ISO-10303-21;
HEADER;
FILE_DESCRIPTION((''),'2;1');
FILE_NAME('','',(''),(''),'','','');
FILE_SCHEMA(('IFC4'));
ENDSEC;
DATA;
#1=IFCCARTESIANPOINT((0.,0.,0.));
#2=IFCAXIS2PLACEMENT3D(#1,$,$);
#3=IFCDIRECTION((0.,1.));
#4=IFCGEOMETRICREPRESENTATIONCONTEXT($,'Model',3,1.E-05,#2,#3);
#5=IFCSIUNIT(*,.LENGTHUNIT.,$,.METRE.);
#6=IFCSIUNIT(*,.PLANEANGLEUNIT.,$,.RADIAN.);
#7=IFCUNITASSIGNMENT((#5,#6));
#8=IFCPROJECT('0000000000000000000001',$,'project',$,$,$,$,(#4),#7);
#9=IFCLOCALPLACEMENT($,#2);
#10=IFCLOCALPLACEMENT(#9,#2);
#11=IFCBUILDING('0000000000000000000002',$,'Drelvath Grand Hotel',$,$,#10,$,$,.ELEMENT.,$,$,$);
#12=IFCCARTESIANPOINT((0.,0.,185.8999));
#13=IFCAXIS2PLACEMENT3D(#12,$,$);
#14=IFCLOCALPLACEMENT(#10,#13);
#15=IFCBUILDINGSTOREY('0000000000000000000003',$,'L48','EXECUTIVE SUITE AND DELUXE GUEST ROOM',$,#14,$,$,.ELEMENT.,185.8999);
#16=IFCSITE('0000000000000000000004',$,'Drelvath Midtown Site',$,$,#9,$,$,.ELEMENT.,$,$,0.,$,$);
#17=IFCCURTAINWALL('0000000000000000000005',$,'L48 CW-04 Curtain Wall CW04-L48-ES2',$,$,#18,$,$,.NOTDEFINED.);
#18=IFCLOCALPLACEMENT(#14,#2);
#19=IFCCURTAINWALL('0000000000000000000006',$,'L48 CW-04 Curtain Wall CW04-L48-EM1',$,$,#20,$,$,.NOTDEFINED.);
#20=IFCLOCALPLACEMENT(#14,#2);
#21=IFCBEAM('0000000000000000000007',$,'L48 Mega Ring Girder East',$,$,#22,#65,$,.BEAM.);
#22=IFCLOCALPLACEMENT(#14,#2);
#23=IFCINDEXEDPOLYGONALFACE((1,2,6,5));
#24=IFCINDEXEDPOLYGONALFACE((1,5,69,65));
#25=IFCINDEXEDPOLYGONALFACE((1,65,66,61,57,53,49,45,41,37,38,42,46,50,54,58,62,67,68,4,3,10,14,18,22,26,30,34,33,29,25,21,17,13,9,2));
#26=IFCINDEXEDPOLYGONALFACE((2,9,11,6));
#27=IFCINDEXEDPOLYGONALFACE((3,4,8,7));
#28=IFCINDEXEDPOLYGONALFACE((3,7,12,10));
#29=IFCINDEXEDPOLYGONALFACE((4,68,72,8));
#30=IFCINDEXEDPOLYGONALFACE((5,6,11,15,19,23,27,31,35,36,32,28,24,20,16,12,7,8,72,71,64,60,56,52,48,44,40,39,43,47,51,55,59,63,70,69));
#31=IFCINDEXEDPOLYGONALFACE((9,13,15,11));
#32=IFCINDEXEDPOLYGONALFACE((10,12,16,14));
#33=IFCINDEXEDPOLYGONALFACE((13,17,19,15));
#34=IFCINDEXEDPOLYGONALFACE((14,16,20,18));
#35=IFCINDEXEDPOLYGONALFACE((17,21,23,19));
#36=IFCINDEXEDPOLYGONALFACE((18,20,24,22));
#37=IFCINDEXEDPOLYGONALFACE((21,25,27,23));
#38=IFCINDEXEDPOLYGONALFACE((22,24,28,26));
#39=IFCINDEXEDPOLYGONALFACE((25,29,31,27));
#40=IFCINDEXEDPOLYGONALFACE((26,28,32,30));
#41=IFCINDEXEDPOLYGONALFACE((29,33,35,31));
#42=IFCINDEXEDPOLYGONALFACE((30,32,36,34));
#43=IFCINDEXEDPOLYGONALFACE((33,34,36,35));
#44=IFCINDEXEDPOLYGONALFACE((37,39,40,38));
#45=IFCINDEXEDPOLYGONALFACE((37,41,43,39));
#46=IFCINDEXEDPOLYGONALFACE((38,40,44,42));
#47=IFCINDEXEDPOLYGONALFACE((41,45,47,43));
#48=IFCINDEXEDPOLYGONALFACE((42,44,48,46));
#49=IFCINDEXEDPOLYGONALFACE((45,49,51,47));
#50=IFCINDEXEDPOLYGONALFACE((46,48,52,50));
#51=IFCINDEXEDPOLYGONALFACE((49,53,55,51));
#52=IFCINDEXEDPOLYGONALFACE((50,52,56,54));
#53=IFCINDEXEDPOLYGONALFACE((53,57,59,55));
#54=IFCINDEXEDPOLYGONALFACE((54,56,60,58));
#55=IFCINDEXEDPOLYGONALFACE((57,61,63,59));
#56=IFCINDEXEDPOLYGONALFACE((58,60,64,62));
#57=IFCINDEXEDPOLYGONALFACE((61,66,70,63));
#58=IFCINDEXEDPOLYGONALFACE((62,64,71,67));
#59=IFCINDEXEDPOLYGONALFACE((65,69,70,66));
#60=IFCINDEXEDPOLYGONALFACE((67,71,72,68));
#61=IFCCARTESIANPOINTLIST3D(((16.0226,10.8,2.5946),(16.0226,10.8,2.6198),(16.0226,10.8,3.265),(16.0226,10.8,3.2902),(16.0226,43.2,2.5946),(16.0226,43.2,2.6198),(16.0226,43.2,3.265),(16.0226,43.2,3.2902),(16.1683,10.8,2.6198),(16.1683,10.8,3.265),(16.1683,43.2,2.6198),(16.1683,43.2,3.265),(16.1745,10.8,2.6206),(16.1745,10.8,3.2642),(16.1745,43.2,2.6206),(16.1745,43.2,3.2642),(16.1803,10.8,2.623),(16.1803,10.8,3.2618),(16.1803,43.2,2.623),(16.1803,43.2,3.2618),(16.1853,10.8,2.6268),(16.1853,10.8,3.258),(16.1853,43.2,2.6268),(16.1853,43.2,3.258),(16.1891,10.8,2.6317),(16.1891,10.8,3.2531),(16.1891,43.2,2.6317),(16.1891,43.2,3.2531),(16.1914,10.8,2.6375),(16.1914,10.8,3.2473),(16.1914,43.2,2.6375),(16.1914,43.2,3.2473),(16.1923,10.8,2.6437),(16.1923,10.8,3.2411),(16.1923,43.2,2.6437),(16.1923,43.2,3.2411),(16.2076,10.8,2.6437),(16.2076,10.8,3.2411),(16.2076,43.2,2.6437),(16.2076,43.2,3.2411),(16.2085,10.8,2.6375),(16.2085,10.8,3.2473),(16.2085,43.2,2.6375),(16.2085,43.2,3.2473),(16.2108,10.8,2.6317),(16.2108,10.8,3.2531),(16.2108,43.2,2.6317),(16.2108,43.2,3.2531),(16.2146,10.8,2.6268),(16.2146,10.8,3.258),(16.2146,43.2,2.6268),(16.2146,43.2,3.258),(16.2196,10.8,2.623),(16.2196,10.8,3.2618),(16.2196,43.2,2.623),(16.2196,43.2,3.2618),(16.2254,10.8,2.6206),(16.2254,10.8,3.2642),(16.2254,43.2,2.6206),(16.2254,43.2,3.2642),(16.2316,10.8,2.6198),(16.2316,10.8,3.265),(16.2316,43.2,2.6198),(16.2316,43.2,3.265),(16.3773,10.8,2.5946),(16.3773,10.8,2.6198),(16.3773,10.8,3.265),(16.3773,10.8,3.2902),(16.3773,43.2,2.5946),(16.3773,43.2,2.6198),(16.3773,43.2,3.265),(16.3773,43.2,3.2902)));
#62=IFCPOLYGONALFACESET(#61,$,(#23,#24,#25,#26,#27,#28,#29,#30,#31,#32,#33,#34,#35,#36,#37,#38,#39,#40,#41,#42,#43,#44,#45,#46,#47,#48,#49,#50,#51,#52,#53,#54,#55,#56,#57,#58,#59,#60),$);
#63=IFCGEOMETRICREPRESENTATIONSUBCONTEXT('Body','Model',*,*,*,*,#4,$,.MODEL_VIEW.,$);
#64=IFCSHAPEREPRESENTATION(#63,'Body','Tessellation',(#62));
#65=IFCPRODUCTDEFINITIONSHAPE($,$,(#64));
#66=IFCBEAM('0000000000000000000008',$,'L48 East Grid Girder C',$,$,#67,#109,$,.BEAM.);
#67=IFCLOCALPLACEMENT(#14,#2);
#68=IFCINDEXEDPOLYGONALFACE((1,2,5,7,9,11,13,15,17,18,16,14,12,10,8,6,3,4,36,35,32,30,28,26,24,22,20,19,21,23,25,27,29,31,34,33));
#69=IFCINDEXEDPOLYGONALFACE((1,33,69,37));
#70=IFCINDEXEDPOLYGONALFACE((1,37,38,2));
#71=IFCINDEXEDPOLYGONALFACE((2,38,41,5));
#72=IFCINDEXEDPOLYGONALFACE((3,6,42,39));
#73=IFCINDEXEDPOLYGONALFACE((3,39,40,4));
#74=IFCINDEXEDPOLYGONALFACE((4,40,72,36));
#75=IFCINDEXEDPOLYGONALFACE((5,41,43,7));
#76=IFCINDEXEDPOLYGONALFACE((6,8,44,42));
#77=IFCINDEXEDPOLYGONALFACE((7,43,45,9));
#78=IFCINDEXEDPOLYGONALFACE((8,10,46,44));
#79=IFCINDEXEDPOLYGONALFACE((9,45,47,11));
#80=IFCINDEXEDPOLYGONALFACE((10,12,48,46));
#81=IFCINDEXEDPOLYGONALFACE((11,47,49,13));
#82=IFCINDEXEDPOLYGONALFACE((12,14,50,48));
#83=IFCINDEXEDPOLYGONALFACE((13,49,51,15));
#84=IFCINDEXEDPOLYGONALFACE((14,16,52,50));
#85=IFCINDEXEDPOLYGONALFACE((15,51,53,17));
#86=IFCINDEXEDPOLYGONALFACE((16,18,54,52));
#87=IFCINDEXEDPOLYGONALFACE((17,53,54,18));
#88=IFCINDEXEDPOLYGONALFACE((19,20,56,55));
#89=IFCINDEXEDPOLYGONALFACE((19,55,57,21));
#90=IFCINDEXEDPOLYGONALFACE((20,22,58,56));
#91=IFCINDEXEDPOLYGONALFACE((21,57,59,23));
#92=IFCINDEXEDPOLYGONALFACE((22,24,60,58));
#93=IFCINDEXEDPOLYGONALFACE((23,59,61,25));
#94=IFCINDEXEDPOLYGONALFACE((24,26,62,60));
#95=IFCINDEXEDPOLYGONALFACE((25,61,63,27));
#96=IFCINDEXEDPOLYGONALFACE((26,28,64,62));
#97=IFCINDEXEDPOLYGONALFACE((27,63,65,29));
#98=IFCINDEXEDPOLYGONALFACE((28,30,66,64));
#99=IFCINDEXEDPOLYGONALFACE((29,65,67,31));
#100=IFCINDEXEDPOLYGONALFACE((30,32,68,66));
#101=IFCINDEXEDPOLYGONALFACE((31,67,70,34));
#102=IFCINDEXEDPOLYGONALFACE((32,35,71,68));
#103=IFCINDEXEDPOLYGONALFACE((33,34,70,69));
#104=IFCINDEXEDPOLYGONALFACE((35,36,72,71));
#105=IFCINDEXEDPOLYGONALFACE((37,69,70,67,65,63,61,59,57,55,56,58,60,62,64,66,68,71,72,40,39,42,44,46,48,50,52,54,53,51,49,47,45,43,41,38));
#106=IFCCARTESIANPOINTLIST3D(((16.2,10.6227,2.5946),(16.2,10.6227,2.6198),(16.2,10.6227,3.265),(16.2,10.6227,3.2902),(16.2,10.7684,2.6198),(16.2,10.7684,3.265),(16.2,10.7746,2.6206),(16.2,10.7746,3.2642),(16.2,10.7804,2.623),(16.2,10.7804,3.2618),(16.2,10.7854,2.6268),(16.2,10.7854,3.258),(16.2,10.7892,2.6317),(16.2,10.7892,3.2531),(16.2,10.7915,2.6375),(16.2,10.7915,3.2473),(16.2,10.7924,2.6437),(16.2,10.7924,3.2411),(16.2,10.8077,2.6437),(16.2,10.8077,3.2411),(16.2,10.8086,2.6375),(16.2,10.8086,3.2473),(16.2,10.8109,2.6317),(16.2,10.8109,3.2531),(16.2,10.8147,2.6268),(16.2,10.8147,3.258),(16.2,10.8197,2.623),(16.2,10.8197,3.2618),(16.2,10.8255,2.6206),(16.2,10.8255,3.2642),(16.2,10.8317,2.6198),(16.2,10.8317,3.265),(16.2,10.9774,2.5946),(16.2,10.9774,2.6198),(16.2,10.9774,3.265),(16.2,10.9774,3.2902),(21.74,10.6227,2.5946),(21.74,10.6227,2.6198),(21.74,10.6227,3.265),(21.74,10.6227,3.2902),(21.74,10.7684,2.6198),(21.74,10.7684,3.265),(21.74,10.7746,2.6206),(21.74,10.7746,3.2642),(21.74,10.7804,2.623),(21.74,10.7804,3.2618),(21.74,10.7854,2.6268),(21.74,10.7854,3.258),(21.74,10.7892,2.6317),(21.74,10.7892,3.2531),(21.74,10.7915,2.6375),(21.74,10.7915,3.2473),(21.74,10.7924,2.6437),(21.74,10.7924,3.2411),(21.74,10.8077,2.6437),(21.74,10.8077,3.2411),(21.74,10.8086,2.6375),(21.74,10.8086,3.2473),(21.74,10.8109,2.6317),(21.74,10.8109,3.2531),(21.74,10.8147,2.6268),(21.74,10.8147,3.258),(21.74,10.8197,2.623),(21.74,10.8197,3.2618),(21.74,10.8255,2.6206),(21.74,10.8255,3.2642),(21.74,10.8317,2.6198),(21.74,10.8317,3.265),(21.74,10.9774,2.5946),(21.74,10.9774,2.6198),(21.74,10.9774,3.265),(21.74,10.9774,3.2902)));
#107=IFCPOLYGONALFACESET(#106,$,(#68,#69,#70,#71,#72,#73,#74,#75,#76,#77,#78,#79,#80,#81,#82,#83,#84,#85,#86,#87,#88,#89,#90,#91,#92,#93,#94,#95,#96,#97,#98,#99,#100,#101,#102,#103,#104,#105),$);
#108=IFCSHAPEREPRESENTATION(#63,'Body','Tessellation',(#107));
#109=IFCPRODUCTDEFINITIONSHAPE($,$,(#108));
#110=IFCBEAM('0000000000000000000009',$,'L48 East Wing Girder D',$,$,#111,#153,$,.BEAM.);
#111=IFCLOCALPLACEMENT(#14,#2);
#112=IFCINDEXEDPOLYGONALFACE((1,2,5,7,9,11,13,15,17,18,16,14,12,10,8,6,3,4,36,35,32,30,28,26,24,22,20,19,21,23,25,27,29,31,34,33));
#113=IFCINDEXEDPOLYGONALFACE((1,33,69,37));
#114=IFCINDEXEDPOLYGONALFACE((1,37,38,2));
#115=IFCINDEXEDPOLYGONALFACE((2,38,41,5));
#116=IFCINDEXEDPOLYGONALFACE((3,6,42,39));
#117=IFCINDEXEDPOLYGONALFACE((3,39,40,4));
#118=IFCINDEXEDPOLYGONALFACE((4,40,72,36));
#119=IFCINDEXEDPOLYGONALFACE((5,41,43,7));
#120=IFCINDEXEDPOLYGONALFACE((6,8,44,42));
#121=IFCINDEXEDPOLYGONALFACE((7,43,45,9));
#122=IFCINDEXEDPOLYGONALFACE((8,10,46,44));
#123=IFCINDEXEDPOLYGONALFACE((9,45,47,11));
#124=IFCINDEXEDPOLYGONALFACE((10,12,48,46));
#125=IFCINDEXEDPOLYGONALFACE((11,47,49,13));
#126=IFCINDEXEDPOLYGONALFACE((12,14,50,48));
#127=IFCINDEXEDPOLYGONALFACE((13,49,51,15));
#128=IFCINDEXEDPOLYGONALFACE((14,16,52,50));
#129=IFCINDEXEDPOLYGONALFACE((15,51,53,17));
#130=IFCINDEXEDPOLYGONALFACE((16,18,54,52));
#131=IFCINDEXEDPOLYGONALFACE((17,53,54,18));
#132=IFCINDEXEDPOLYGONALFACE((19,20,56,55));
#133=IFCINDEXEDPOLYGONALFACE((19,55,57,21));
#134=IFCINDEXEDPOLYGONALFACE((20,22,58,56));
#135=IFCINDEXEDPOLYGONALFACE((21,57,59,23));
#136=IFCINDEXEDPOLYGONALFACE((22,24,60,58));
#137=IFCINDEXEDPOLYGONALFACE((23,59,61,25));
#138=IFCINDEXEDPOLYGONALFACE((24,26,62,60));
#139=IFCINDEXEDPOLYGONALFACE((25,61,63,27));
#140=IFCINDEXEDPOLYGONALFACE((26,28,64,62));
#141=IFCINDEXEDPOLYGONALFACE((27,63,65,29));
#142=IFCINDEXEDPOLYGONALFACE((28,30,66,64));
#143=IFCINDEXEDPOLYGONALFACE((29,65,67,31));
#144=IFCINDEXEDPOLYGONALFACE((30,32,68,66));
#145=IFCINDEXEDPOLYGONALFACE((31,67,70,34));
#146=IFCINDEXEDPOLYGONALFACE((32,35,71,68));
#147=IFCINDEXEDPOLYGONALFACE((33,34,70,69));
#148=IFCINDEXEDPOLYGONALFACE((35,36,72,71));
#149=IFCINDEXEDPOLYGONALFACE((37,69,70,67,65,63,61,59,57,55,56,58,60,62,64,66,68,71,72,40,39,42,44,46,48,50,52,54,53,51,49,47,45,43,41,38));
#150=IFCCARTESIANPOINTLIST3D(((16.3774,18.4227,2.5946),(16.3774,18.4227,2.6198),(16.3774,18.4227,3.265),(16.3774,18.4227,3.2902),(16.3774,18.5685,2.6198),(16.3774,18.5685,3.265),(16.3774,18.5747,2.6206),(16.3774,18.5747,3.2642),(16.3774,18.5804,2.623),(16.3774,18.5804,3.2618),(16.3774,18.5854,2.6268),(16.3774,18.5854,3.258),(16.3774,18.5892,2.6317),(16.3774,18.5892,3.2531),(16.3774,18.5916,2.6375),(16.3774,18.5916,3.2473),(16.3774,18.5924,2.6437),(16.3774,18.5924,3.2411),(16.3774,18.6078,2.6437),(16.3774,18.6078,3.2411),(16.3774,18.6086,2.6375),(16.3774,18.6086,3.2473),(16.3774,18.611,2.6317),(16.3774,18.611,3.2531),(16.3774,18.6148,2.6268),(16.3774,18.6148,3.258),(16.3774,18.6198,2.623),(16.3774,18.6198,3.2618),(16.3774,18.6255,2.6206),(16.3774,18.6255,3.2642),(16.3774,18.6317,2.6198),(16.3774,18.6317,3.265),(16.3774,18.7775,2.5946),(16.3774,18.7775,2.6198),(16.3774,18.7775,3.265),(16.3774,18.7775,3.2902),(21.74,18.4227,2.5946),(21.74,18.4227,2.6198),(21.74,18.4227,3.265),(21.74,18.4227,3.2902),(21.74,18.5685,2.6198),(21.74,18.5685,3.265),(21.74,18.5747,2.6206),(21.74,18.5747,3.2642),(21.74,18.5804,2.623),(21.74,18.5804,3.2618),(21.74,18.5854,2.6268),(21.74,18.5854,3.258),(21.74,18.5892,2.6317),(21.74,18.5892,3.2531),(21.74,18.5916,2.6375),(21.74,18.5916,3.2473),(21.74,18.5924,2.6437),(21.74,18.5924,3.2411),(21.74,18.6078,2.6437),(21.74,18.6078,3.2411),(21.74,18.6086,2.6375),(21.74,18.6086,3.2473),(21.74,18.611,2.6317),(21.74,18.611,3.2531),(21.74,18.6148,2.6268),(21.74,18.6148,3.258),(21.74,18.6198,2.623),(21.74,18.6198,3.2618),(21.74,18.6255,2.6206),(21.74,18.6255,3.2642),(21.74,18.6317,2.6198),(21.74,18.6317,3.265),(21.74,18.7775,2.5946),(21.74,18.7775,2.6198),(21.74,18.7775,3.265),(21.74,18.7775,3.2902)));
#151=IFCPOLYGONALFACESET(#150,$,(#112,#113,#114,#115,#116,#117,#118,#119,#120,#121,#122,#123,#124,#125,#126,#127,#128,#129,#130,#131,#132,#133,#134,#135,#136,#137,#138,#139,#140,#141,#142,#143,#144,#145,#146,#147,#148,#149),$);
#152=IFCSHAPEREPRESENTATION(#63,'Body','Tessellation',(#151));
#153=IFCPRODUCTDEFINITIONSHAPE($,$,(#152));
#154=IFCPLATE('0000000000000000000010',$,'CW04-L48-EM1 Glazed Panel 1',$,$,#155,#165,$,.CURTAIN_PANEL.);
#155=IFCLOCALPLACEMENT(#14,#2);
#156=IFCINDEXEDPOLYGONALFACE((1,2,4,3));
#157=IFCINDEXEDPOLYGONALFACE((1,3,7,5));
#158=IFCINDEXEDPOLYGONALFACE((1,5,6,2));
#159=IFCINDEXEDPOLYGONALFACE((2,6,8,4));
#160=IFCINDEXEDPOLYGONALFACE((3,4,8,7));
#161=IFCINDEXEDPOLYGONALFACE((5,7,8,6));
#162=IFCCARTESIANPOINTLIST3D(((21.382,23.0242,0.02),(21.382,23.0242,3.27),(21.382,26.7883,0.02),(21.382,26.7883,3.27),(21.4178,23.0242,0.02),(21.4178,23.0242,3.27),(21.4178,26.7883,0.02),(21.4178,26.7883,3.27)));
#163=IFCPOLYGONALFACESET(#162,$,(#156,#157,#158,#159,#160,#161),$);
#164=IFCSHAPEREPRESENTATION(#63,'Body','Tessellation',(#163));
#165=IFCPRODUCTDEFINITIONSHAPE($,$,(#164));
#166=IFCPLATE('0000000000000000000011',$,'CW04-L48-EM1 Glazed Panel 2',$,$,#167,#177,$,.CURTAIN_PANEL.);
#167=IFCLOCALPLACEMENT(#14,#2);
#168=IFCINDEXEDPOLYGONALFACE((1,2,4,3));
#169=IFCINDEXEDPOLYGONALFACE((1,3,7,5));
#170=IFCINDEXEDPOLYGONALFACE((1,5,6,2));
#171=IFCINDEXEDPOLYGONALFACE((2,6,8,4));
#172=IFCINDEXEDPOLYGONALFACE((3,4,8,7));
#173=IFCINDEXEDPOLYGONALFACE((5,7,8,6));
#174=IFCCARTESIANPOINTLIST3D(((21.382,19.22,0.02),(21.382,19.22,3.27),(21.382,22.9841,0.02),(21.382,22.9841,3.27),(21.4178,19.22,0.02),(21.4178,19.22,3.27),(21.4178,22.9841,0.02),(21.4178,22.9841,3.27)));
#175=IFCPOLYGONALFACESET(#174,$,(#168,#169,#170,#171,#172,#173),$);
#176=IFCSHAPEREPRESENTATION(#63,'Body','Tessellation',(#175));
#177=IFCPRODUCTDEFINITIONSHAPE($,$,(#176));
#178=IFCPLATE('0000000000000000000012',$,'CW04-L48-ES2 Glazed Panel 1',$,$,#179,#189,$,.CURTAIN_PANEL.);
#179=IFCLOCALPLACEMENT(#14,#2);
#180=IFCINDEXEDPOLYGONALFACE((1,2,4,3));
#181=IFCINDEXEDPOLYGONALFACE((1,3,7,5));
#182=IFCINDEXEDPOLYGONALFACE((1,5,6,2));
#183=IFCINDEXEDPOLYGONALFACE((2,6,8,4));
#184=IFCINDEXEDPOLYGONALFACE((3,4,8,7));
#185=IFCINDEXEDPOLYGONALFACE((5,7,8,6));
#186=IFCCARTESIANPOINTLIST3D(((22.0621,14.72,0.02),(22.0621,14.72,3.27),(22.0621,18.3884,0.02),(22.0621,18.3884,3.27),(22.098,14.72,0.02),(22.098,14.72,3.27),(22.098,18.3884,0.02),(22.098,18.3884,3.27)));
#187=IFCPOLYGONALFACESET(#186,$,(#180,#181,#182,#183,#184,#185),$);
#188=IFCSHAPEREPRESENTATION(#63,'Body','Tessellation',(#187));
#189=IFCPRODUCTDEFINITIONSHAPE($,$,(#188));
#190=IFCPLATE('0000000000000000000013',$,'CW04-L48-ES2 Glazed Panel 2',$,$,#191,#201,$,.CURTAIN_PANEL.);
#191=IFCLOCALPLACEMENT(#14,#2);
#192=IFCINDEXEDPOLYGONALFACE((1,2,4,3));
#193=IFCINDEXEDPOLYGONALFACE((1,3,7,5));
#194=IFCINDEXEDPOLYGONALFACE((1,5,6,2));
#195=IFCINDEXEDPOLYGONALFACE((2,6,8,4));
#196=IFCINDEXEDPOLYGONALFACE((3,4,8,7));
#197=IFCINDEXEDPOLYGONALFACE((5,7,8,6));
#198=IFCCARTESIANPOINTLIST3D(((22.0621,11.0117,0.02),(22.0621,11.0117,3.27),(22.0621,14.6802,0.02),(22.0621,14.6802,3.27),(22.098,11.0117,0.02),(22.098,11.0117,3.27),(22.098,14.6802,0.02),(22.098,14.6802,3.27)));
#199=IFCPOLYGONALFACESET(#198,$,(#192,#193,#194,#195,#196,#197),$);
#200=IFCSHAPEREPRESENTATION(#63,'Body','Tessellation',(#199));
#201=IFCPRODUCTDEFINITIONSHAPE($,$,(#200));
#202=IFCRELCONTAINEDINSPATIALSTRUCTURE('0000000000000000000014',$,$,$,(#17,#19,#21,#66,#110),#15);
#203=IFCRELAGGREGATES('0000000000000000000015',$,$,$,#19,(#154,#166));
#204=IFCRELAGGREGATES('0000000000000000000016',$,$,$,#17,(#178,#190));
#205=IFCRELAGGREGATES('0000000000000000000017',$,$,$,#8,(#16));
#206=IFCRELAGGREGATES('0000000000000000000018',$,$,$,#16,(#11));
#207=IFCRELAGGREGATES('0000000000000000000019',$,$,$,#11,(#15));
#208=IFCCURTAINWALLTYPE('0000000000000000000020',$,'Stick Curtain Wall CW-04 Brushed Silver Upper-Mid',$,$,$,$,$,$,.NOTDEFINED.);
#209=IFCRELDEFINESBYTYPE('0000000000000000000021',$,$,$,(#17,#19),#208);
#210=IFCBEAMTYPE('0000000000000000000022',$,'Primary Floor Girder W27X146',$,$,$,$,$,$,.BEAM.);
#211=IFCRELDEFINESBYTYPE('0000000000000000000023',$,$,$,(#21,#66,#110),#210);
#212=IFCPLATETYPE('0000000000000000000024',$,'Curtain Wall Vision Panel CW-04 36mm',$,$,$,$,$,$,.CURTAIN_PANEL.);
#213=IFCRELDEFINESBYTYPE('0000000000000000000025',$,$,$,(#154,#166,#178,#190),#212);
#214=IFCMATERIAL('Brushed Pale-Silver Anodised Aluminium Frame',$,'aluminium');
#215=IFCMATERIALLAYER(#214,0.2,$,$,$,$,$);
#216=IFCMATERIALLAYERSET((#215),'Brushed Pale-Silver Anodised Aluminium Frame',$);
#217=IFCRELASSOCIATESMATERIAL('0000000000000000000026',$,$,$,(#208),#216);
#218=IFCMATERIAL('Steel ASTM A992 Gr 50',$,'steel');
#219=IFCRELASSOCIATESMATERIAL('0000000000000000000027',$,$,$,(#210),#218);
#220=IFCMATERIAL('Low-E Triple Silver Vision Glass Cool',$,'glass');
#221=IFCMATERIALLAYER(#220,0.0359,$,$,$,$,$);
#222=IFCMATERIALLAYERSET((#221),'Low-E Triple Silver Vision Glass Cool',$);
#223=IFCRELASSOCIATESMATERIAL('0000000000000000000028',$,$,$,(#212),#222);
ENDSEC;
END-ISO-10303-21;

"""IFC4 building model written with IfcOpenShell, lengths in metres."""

from ifc_helpers import new_model, si_unit, direction, frame, origin, origin_2d, place, context, subcontext, project, spatial, rectangle, i_section, extrude, material, layer, layer_set, material_profile, profile_set, type_object, element, aggregate, save


model = new_model("IFC4")

# Units and contexts
model_context = context("Model", 3, precision=1e-05, world=origin(), true_north=direction((0.0, 1.0)))
body_context = subcontext(model_context, "Body", "Model", "MODEL_VIEW")
ifc_project = project(units=[si_unit("LENGTHUNIT", "METRE"), si_unit("PLANEANGLEUNIT", "RADIAN")], contexts=[model_context])

# Site, building, storey
site_placement = place(None, origin())
site = spatial("IfcSite", under=ifc_project, at=site_placement, Name="Drelvath Midtown Site", CompositionType="ELEMENT", RefElevation=0.0)
building_placement = place(site_placement, origin())
building = spatial("IfcBuilding", under=site, at=building_placement, Name="Drelvath Grand Hotel", CompositionType="ELEMENT")
storey_placement = place(building_placement, frame((0.0, 0.0, 185.8999)))
storey = spatial("IfcBuildingStorey", under=building, at=storey_placement, Name="L48", Description="EXECUTIVE SUITE AND DELUXE GUEST ROOM", CompositionType="ELEMENT", Elevation=185.8999)

# Shared definitions
ifc_material_1 = material(Name="Steel ASTM A992 Gr 50", Category="steel")

# Curtain wall
ifc_material_2 = material(Name="Brushed Pale-Silver Anodised Aluminium Frame", Category="aluminium")
ifc_layer_1 = layer(ifc_material_2, 0.2)
ifc_layer_set_1 = layer_set([ifc_layer_1], Name="Brushed Pale-Silver Anodised Aluminium Frame")
curtain_wall_type = type_object("IfcCurtainWallType", Name="Stick Curtain Wall CW-04 Brushed Silver Upper-Mid", PredefinedType="NOTDEFINED", material=ifc_layer_set_1)
curtain_wall_1_placement = place(storey_placement, origin())
curtain_wall_1 = element("IfcCurtainWall", 1, at=curtain_wall_1_placement, inside=storey, type_object=curtain_wall_type, Name="L48 CW-04 Curtain Wall CW04-L48-ES2", PredefinedType="NOTDEFINED")

# Curtain wall
curtain_wall_2_placement = place(storey_placement, origin())
curtain_wall_2 = element("IfcCurtainWall", 2, at=curtain_wall_2_placement, inside=storey, type_object=curtain_wall_type, Name="L48 CW-04 Curtain Wall CW04-L48-EM1", PredefinedType="NOTDEFINED")

# Beams
ifc_material_profile_1 = material_profile(ifc_material_1, i_section(OverallWidth=0.3547, OverallDepth=0.6956, WebThickness=0.0154, FlangeThickness=0.0251, FilletRadius=0.0239, at=origin_2d()), Name="W27X146")
ifc_profile_set_1 = profile_set([ifc_material_profile_1], Name="Steel ASTM A992 Gr 50")
beam_type_1 = type_object("IfcBeamType", Name="Primary Floor Girder W27X146", PredefinedType="BEAM", material=ifc_profile_set_1)
beam_1_placement = place(storey_placement, frame((16.2, 10.8, 2.9424), z_axis=(0.0, 1.0, 0.0), x_axis=(-1.0, 0.0, 0.0)))
element("IfcBeam", 3, at=beam_1_placement, inside=storey, type_object=beam_type_1, Name="L48 Mega Ring Girder East", PredefinedType="BEAM", context=body_context, shape_type="SweptSolid", body=[
    extrude(i_section(OverallWidth=0.3547, OverallDepth=0.6956, WebThickness=0.0154, FlangeThickness=0.0251, FilletRadius=0.0239, at=origin_2d()), origin(), (0.0, 0.0, 1.0), 32.3999),
])
beam_2_placement = place(storey_placement, frame((16.2, 10.8, 2.9424), z_axis=(1.0, 0.0, 0.0), x_axis=(0.0, 1.0, 0.0)))
element("IfcBeam", 4, at=beam_2_placement, inside=storey, type_object=beam_type_1, Name="L48 East Grid Girder C", PredefinedType="BEAM", context=body_context, shape_type="SweptSolid", body=[
    extrude(i_section(OverallWidth=0.3547, OverallDepth=0.6956, WebThickness=0.0154, FlangeThickness=0.0251, FilletRadius=0.0239, at=origin_2d()), origin(), (0.0, 0.0, 1.0), 5.54),
])
beam_3_placement = place(storey_placement, frame((16.3774, 18.6001, 2.9424), z_axis=(1.0, 0.0, 0.0), x_axis=(0.0, 1.0, 0.0)))
element("IfcBeam", 5, at=beam_3_placement, inside=storey, type_object=beam_type_1, Name="L48 East Wing Girder D", PredefinedType="BEAM", context=body_context, shape_type="SweptSolid", body=[
    extrude(i_section(OverallWidth=0.3547, OverallDepth=0.6956, WebThickness=0.0154, FlangeThickness=0.0251, FilletRadius=0.0239, at=origin_2d()), origin(), (0.0, 0.0, 1.0), 5.3625),
])

# Plates
ifc_material_3 = material(Name="Low-E Triple Silver Vision Glass Cool", Category="glass")
ifc_layer_2 = layer(ifc_material_3, 0.0359)
ifc_layer_set_2 = layer_set([ifc_layer_2], Name="Low-E Triple Silver Vision Glass Cool")
plate_type = type_object("IfcPlateType", Name="Curtain Wall Vision Panel CW-04 36mm", PredefinedType="CURTAIN_PANEL", material=ifc_layer_set_2)
plate_1_placement = place(storey_placement, frame((21.3999, 24.9062, 0.02), z_axis=(0.0, 0.0, 1.0), x_axis=(0.0, -1.0, 0.0)))
plate_1 = element("IfcPlate", 6, at=plate_1_placement, type_object=plate_type, Name="CW04-L48-EM1 Glazed Panel 1", PredefinedType="CURTAIN_PANEL", context=body_context, shape_type="SweptSolid", body=[
    extrude(rectangle(XDim=3.7642, YDim=0.0359, at=origin_2d()), origin(), (0.0, 0.0, 1.0), 3.25),
])
plate_2_placement = place(storey_placement, frame((21.3999, 21.1021, 0.02), z_axis=(0.0, 0.0, 1.0), x_axis=(0.0, -1.0, 0.0)))
plate_2 = element("IfcPlate", 7, at=plate_2_placement, type_object=plate_type, Name="CW04-L48-EM1 Glazed Panel 2", PredefinedType="CURTAIN_PANEL", context=body_context, shape_type="SweptSolid", body=[
    extrude(rectangle(XDim=3.7642, YDim=0.0359, at=origin_2d()), origin(), (0.0, 0.0, 1.0), 3.25),
])
aggregate(curtain_wall_2, [plate_1, plate_2])
plate_3_placement = place(storey_placement, frame((22.0801, 16.5542, 0.02), z_axis=(0.0, 0.0, 1.0), x_axis=(0.0, -1.0, 0.0)))
plate_3 = element("IfcPlate", 8, at=plate_3_placement, type_object=plate_type, Name="CW04-L48-ES2 Glazed Panel 1", PredefinedType="CURTAIN_PANEL", context=body_context, shape_type="SweptSolid", body=[
    extrude(rectangle(XDim=3.6685, YDim=0.0359, at=origin_2d()), origin(), (0.0, 0.0, 1.0), 3.25),
])
plate_4_placement = place(storey_placement, frame((22.0801, 12.8459, 0.02), z_axis=(0.0, 0.0, 1.0), x_axis=(0.0, -1.0, 0.0)))
plate_4 = element("IfcPlate", 9, at=plate_4_placement, type_object=plate_type, Name="CW04-L48-ES2 Glazed Panel 2", PredefinedType="CURTAIN_PANEL", context=body_context, shape_type="SweptSolid", body=[
    extrude(rectangle(XDim=3.6685, YDim=0.0359, at=origin_2d()), origin(), (0.0, 0.0, 1.0), 3.25),
])
aggregate(curtain_wall_1, [plate_3, plate_4])

save(model, "model.ifc")
